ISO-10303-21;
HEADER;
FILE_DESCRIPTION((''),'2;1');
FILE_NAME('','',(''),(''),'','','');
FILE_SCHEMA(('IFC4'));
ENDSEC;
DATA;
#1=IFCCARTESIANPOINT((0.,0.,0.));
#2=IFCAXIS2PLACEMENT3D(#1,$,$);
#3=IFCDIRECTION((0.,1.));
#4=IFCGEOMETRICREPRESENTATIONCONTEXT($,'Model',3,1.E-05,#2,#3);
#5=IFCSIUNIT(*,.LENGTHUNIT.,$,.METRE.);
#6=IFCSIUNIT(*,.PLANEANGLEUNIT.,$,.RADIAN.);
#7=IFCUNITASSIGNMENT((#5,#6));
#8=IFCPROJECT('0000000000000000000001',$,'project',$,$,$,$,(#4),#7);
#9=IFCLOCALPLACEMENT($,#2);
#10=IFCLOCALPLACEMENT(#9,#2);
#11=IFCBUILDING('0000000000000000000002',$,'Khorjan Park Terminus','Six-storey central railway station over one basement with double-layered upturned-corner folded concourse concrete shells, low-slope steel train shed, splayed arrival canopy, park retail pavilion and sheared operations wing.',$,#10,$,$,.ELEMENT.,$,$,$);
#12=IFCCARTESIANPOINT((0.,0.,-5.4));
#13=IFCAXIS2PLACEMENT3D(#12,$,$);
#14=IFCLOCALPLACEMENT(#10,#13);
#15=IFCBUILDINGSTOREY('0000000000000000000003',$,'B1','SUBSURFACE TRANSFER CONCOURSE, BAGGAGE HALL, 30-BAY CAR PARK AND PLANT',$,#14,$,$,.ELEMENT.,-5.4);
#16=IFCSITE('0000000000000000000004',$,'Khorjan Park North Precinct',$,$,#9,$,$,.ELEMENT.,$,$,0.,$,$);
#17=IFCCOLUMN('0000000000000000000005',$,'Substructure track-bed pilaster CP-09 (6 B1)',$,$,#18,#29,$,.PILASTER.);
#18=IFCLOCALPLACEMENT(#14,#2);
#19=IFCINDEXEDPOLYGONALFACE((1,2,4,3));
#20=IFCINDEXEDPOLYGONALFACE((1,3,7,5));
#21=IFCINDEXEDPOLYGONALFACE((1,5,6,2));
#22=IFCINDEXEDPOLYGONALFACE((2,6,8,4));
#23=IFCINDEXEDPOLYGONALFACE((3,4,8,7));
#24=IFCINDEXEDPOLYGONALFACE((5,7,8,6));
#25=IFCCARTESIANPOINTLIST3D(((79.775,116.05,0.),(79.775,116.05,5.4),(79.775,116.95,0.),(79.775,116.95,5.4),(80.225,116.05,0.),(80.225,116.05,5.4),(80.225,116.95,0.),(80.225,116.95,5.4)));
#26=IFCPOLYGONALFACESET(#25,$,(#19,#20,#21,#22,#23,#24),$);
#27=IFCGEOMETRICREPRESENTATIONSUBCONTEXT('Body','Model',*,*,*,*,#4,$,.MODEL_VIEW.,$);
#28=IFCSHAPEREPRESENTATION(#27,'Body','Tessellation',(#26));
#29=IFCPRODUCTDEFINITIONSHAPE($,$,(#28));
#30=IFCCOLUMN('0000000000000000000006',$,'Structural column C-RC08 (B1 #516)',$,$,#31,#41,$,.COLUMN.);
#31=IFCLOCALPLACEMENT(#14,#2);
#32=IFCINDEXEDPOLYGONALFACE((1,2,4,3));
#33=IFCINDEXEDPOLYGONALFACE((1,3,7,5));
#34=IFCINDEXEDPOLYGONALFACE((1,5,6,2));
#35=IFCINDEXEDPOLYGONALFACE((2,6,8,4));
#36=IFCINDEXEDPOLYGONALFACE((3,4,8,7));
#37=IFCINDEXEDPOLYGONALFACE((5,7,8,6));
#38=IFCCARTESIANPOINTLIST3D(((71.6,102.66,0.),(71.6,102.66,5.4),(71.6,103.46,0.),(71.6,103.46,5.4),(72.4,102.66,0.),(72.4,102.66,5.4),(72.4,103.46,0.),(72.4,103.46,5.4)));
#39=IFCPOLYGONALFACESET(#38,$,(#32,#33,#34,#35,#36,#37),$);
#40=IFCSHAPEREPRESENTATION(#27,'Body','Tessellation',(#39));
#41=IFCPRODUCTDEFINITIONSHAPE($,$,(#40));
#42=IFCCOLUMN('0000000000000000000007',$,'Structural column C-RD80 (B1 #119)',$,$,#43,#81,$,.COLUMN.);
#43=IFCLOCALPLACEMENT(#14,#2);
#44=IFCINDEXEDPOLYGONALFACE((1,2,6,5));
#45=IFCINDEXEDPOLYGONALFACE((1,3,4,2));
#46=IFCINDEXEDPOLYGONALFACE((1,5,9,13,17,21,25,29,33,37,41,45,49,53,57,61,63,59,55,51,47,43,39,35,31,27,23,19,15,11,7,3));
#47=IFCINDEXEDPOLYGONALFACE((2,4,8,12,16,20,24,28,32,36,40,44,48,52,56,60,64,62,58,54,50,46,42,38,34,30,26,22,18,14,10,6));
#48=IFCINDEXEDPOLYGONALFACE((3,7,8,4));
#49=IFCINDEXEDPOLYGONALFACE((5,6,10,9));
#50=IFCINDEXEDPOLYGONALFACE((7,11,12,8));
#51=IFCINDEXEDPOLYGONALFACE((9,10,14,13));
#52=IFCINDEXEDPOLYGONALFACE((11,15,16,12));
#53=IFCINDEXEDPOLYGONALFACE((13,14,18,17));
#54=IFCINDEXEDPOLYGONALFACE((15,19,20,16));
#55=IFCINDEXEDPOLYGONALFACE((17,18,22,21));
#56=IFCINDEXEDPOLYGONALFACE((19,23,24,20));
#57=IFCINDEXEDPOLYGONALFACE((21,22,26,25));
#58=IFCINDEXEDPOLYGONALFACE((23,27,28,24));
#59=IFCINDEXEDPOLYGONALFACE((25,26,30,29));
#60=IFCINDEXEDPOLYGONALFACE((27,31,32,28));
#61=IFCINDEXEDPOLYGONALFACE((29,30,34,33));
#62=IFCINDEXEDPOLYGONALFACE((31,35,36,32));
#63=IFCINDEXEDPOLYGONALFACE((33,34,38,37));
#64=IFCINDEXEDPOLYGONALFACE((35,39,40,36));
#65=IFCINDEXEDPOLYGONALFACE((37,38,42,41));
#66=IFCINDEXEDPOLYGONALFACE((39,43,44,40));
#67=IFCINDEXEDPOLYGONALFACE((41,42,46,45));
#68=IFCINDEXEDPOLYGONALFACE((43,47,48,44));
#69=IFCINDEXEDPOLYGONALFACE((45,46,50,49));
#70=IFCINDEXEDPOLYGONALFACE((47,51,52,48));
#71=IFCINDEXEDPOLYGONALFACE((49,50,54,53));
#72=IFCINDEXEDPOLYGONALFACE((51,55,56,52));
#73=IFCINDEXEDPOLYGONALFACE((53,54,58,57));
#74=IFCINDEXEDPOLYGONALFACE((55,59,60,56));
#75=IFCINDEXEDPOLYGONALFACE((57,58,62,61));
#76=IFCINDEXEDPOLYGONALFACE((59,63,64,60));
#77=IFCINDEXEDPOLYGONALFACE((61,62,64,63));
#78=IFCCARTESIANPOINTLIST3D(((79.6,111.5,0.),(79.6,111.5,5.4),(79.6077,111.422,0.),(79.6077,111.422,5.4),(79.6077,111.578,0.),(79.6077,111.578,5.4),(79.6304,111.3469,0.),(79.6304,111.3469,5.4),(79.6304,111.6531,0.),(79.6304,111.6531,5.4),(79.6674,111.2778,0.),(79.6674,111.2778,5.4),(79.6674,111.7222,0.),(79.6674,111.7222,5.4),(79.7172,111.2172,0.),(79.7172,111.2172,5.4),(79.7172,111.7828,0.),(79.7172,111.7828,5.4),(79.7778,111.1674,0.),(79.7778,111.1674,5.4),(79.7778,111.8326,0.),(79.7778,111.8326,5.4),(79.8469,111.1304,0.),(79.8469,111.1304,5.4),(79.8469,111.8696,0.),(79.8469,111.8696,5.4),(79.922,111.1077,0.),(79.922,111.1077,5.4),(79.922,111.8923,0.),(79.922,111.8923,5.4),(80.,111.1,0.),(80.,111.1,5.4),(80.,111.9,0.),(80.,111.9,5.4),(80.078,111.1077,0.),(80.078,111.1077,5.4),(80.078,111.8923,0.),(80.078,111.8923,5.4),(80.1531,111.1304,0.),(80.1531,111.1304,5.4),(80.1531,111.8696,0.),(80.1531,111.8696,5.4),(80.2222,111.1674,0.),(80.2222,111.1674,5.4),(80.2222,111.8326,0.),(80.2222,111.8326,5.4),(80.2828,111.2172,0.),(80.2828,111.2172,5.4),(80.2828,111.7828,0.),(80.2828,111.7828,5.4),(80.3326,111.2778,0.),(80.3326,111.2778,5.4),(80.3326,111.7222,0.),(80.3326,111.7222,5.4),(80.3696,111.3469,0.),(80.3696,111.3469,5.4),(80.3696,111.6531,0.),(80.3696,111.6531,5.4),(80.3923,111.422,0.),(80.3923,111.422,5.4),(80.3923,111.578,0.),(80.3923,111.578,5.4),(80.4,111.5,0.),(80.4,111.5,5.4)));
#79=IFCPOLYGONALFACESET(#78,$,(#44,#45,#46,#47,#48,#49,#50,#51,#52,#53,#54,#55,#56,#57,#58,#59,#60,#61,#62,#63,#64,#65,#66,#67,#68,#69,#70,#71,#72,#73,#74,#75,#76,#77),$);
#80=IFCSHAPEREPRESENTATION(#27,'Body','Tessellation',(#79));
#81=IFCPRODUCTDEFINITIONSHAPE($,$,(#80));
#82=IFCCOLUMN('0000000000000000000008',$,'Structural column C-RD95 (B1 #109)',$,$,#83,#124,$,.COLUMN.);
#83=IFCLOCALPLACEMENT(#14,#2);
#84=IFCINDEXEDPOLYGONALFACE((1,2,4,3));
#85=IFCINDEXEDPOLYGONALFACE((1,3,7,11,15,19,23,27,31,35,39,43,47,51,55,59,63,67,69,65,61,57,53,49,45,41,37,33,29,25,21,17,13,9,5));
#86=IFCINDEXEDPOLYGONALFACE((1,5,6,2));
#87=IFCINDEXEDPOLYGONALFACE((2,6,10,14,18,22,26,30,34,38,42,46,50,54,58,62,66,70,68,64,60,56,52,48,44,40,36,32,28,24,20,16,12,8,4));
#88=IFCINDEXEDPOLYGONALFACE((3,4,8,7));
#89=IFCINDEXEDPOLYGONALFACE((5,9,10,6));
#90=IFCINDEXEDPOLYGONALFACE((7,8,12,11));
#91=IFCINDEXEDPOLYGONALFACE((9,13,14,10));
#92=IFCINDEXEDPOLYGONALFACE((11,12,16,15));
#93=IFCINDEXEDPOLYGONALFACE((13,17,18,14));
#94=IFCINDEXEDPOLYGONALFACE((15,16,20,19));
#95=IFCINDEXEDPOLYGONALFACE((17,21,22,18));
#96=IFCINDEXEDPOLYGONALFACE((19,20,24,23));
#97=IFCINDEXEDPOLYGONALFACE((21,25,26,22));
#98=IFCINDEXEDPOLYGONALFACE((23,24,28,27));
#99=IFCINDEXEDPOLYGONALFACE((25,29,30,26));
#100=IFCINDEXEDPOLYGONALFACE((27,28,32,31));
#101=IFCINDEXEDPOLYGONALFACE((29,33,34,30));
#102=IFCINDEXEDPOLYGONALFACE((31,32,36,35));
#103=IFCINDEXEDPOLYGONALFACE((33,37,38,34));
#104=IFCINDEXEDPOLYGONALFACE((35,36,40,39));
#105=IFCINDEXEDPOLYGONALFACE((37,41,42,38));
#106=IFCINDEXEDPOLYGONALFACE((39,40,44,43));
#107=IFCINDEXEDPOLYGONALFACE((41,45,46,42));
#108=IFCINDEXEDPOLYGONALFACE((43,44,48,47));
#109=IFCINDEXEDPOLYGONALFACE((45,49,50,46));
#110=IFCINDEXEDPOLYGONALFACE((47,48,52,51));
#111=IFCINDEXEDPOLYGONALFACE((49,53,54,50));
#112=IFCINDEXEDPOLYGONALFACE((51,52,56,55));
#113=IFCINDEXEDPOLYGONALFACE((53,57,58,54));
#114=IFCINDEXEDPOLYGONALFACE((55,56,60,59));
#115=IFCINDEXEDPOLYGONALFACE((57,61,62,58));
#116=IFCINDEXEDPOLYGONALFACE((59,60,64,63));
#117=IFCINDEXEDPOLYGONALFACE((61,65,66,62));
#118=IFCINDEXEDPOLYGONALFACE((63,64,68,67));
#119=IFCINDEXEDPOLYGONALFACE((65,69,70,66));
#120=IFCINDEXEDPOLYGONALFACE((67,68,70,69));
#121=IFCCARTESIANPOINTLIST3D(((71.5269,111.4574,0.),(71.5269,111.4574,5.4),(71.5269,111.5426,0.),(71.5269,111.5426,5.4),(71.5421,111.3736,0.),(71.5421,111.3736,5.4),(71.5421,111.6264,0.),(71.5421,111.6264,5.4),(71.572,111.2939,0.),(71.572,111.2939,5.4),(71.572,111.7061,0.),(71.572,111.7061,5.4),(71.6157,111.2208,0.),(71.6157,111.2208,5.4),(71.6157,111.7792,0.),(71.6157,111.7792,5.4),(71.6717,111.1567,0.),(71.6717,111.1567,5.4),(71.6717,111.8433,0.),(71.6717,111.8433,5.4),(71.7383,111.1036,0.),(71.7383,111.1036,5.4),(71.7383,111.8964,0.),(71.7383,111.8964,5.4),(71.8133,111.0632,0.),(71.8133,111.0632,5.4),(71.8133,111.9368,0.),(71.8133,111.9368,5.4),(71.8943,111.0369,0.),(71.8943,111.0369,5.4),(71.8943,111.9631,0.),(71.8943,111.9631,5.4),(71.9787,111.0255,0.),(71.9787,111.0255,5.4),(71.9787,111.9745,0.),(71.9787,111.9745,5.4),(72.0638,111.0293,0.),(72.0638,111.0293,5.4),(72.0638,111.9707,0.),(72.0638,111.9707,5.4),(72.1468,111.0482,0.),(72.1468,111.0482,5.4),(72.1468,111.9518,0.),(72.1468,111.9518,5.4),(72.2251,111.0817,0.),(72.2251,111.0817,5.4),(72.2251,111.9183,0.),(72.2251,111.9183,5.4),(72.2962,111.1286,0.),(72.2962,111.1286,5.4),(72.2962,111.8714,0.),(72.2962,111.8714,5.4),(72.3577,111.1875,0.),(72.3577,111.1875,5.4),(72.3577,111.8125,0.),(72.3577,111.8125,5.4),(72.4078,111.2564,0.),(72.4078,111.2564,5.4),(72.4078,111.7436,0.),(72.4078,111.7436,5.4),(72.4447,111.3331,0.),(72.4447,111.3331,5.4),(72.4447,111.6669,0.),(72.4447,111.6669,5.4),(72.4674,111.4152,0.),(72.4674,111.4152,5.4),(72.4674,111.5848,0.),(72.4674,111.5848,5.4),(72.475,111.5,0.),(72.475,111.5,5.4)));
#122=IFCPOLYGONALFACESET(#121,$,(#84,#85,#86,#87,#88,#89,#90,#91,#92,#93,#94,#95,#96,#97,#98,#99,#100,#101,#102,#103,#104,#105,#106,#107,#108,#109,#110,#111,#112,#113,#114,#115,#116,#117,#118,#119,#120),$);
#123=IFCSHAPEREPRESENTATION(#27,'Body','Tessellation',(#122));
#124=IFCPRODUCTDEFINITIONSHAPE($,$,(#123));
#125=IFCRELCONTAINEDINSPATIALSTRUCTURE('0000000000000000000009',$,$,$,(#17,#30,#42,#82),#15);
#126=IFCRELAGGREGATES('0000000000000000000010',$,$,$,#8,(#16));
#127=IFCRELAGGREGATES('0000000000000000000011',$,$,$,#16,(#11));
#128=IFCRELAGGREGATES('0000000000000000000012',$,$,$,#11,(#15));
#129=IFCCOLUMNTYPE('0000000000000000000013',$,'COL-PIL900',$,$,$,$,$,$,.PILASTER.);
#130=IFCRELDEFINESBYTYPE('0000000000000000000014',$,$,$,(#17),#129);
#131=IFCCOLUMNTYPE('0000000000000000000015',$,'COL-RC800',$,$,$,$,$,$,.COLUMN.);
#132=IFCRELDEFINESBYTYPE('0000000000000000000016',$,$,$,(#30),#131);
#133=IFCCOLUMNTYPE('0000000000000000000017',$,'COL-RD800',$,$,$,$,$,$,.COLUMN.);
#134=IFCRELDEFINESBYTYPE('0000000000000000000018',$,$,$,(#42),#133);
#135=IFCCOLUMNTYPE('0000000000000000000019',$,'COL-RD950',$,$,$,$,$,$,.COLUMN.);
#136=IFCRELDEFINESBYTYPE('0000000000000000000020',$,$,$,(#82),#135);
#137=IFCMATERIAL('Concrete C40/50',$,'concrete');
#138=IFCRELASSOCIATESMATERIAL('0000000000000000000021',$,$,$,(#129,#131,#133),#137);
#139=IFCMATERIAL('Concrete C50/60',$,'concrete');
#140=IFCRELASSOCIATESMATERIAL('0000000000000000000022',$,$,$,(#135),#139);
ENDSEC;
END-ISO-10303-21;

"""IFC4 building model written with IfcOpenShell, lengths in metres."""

from ifc_helpers import new_model, si_unit, direction, frame, origin, origin_2d, place, context, subcontext, project, spatial, rectangle, circle, extrude, material, material_profile, profile_set, type_object, element, save


model = new_model("IFC4")

# Units and contexts
model_context = context("Model", 3, precision=1e-05, world=origin(), true_north=direction((0.0, 1.0)))
body_context = subcontext(model_context, "Body", "Model", "MODEL_VIEW")
ifc_project = project(units=[si_unit("LENGTHUNIT", "METRE"), si_unit("PLANEANGLEUNIT", "RADIAN")], contexts=[model_context])

# Site, building, storey
site_placement = place(None, origin())
site = spatial("IfcSite", under=ifc_project, at=site_placement, Name="Khorjan Park North Precinct", CompositionType="ELEMENT", RefElevation=0.0)
building_placement = place(site_placement, origin())
building = spatial("IfcBuilding", under=site, at=building_placement, Name="Khorjan Park Terminus", Description="Six-storey central railway station over one basement with double-layered upturned-corner folded concourse concrete shells, low-slope steel train shed, splayed arrival canopy, park retail pavilion and sheared operations wing.", CompositionType="ELEMENT")
storey_placement = place(building_placement, frame((0.0, 0.0, -5.4)))
storey = spatial("IfcBuildingStorey", under=building, at=storey_placement, Name="B1", Description="SUBSURFACE TRANSFER CONCOURSE, BAGGAGE HALL, 30-BAY CAR PARK AND PLANT", CompositionType="ELEMENT", Elevation=-5.4)

# Shared definitions
ifc_material_1 = material(Name="Concrete C40/50", Category="concrete")

# Columns
ifc_material_profile_1 = material_profile(ifc_material_1, rectangle(XDim=0.45, YDim=0.9, at=origin_2d()), Name="RC 450x900")
ifc_profile_set_1 = profile_set([ifc_material_profile_1], Name="Concrete C40/50")
column_type_1 = type_object("IfcColumnType", Name="COL-PIL900", PredefinedType="PILASTER", material=ifc_profile_set_1)
for number, where, z_axis, x_axis, name in (
    (1, (80.0, 116.5, 0.0), (0.0, 0.0, 1.0), (1.0, 0.0, 0.0), "Substructure track-bed pilaster CP-09 (6 B1)"),
):
    element("IfcColumn", number, at=place(storey_placement, frame(where, z_axis=z_axis, x_axis=x_axis)), inside=storey, type_object=column_type_1, Name=name, PredefinedType="PILASTER", context=body_context, shape_type="SweptSolid", body=[
        extrude(rectangle(XDim=0.45, YDim=0.9, at=origin_2d()), origin(), (0.0, 0.0, 1.0), 5.4),
    ])
ifc_material_profile_2 = material_profile(ifc_material_1, rectangle(XDim=0.8, YDim=0.8, at=origin_2d()), Name="RC 800x800")
ifc_profile_set_2 = profile_set([ifc_material_profile_2], Name="Concrete C40/50")
column_type_2 = type_object("IfcColumnType", Name="COL-RC800", PredefinedType="COLUMN", material=ifc_profile_set_2)
column_1_placement = place(storey_placement, frame((72.0, 103.06, 0.0), z_axis=(0.0, 0.0, 1.0), x_axis=(1.0, 0.0, 0.0)))
element("IfcColumn", 2, at=column_1_placement, inside=storey, type_object=column_type_2, Name="Structural column C-RC08 (B1 #516)", PredefinedType="COLUMN", context=body_context, shape_type="SweptSolid", body=[
    extrude(rectangle(XDim=0.8, YDim=0.8, at=origin_2d()), origin(), (0.0, 0.0, 1.0), 5.4),
])
ifc_material_profile_3 = material_profile(ifc_material_1, circle(Radius=0.4, at=origin_2d()), Name="RC D800")
ifc_profile_set_3 = profile_set([ifc_material_profile_3], Name="Concrete C40/50")
column_type_3 = type_object("IfcColumnType", Name="COL-RD800", PredefinedType="COLUMN", material=ifc_profile_set_3)
column_2_placement = place(storey_placement, frame((80.0, 111.5, 0.0), z_axis=(0.0, 0.0, 1.0), x_axis=(1.0, 0.0, 0.0)))
element("IfcColumn", 3, at=column_2_placement, inside=storey, type_object=column_type_3, Name="Structural column C-RD80 (B1 #119)", PredefinedType="COLUMN", context=body_context, shape_type="SweptSolid", body=[
    extrude(circle(Radius=0.4, at=origin_2d()), origin(), (0.0, 0.0, 1.0), 5.4),
])
ifc_material_2 = material(Name="Concrete C50/60", Category="concrete")
ifc_material_profile_4 = material_profile(ifc_material_2, circle(Radius=0.475, at=origin_2d()), Name="RC D950")
ifc_profile_set_4 = profile_set([ifc_material_profile_4], Name="Concrete C50/60")
column_type_4 = type_object("IfcColumnType", Name="COL-RD950", PredefinedType="COLUMN", material=ifc_profile_set_4)
column_3_placement = place(storey_placement, frame((72.0, 111.5, 0.0), z_axis=(0.0, 0.0, 1.0), x_axis=(1.0, 0.0, 0.0)))
element("IfcColumn", 4, at=column_3_placement, inside=storey, type_object=column_type_4, Name="Structural column C-RD95 (B1 #109)", PredefinedType="COLUMN", context=body_context, shape_type="SweptSolid", body=[
    extrude(circle(Radius=0.475, at=origin_2d()), origin(), (0.0, 0.0, 1.0), 5.4),
])

save(model, "model.ifc")
